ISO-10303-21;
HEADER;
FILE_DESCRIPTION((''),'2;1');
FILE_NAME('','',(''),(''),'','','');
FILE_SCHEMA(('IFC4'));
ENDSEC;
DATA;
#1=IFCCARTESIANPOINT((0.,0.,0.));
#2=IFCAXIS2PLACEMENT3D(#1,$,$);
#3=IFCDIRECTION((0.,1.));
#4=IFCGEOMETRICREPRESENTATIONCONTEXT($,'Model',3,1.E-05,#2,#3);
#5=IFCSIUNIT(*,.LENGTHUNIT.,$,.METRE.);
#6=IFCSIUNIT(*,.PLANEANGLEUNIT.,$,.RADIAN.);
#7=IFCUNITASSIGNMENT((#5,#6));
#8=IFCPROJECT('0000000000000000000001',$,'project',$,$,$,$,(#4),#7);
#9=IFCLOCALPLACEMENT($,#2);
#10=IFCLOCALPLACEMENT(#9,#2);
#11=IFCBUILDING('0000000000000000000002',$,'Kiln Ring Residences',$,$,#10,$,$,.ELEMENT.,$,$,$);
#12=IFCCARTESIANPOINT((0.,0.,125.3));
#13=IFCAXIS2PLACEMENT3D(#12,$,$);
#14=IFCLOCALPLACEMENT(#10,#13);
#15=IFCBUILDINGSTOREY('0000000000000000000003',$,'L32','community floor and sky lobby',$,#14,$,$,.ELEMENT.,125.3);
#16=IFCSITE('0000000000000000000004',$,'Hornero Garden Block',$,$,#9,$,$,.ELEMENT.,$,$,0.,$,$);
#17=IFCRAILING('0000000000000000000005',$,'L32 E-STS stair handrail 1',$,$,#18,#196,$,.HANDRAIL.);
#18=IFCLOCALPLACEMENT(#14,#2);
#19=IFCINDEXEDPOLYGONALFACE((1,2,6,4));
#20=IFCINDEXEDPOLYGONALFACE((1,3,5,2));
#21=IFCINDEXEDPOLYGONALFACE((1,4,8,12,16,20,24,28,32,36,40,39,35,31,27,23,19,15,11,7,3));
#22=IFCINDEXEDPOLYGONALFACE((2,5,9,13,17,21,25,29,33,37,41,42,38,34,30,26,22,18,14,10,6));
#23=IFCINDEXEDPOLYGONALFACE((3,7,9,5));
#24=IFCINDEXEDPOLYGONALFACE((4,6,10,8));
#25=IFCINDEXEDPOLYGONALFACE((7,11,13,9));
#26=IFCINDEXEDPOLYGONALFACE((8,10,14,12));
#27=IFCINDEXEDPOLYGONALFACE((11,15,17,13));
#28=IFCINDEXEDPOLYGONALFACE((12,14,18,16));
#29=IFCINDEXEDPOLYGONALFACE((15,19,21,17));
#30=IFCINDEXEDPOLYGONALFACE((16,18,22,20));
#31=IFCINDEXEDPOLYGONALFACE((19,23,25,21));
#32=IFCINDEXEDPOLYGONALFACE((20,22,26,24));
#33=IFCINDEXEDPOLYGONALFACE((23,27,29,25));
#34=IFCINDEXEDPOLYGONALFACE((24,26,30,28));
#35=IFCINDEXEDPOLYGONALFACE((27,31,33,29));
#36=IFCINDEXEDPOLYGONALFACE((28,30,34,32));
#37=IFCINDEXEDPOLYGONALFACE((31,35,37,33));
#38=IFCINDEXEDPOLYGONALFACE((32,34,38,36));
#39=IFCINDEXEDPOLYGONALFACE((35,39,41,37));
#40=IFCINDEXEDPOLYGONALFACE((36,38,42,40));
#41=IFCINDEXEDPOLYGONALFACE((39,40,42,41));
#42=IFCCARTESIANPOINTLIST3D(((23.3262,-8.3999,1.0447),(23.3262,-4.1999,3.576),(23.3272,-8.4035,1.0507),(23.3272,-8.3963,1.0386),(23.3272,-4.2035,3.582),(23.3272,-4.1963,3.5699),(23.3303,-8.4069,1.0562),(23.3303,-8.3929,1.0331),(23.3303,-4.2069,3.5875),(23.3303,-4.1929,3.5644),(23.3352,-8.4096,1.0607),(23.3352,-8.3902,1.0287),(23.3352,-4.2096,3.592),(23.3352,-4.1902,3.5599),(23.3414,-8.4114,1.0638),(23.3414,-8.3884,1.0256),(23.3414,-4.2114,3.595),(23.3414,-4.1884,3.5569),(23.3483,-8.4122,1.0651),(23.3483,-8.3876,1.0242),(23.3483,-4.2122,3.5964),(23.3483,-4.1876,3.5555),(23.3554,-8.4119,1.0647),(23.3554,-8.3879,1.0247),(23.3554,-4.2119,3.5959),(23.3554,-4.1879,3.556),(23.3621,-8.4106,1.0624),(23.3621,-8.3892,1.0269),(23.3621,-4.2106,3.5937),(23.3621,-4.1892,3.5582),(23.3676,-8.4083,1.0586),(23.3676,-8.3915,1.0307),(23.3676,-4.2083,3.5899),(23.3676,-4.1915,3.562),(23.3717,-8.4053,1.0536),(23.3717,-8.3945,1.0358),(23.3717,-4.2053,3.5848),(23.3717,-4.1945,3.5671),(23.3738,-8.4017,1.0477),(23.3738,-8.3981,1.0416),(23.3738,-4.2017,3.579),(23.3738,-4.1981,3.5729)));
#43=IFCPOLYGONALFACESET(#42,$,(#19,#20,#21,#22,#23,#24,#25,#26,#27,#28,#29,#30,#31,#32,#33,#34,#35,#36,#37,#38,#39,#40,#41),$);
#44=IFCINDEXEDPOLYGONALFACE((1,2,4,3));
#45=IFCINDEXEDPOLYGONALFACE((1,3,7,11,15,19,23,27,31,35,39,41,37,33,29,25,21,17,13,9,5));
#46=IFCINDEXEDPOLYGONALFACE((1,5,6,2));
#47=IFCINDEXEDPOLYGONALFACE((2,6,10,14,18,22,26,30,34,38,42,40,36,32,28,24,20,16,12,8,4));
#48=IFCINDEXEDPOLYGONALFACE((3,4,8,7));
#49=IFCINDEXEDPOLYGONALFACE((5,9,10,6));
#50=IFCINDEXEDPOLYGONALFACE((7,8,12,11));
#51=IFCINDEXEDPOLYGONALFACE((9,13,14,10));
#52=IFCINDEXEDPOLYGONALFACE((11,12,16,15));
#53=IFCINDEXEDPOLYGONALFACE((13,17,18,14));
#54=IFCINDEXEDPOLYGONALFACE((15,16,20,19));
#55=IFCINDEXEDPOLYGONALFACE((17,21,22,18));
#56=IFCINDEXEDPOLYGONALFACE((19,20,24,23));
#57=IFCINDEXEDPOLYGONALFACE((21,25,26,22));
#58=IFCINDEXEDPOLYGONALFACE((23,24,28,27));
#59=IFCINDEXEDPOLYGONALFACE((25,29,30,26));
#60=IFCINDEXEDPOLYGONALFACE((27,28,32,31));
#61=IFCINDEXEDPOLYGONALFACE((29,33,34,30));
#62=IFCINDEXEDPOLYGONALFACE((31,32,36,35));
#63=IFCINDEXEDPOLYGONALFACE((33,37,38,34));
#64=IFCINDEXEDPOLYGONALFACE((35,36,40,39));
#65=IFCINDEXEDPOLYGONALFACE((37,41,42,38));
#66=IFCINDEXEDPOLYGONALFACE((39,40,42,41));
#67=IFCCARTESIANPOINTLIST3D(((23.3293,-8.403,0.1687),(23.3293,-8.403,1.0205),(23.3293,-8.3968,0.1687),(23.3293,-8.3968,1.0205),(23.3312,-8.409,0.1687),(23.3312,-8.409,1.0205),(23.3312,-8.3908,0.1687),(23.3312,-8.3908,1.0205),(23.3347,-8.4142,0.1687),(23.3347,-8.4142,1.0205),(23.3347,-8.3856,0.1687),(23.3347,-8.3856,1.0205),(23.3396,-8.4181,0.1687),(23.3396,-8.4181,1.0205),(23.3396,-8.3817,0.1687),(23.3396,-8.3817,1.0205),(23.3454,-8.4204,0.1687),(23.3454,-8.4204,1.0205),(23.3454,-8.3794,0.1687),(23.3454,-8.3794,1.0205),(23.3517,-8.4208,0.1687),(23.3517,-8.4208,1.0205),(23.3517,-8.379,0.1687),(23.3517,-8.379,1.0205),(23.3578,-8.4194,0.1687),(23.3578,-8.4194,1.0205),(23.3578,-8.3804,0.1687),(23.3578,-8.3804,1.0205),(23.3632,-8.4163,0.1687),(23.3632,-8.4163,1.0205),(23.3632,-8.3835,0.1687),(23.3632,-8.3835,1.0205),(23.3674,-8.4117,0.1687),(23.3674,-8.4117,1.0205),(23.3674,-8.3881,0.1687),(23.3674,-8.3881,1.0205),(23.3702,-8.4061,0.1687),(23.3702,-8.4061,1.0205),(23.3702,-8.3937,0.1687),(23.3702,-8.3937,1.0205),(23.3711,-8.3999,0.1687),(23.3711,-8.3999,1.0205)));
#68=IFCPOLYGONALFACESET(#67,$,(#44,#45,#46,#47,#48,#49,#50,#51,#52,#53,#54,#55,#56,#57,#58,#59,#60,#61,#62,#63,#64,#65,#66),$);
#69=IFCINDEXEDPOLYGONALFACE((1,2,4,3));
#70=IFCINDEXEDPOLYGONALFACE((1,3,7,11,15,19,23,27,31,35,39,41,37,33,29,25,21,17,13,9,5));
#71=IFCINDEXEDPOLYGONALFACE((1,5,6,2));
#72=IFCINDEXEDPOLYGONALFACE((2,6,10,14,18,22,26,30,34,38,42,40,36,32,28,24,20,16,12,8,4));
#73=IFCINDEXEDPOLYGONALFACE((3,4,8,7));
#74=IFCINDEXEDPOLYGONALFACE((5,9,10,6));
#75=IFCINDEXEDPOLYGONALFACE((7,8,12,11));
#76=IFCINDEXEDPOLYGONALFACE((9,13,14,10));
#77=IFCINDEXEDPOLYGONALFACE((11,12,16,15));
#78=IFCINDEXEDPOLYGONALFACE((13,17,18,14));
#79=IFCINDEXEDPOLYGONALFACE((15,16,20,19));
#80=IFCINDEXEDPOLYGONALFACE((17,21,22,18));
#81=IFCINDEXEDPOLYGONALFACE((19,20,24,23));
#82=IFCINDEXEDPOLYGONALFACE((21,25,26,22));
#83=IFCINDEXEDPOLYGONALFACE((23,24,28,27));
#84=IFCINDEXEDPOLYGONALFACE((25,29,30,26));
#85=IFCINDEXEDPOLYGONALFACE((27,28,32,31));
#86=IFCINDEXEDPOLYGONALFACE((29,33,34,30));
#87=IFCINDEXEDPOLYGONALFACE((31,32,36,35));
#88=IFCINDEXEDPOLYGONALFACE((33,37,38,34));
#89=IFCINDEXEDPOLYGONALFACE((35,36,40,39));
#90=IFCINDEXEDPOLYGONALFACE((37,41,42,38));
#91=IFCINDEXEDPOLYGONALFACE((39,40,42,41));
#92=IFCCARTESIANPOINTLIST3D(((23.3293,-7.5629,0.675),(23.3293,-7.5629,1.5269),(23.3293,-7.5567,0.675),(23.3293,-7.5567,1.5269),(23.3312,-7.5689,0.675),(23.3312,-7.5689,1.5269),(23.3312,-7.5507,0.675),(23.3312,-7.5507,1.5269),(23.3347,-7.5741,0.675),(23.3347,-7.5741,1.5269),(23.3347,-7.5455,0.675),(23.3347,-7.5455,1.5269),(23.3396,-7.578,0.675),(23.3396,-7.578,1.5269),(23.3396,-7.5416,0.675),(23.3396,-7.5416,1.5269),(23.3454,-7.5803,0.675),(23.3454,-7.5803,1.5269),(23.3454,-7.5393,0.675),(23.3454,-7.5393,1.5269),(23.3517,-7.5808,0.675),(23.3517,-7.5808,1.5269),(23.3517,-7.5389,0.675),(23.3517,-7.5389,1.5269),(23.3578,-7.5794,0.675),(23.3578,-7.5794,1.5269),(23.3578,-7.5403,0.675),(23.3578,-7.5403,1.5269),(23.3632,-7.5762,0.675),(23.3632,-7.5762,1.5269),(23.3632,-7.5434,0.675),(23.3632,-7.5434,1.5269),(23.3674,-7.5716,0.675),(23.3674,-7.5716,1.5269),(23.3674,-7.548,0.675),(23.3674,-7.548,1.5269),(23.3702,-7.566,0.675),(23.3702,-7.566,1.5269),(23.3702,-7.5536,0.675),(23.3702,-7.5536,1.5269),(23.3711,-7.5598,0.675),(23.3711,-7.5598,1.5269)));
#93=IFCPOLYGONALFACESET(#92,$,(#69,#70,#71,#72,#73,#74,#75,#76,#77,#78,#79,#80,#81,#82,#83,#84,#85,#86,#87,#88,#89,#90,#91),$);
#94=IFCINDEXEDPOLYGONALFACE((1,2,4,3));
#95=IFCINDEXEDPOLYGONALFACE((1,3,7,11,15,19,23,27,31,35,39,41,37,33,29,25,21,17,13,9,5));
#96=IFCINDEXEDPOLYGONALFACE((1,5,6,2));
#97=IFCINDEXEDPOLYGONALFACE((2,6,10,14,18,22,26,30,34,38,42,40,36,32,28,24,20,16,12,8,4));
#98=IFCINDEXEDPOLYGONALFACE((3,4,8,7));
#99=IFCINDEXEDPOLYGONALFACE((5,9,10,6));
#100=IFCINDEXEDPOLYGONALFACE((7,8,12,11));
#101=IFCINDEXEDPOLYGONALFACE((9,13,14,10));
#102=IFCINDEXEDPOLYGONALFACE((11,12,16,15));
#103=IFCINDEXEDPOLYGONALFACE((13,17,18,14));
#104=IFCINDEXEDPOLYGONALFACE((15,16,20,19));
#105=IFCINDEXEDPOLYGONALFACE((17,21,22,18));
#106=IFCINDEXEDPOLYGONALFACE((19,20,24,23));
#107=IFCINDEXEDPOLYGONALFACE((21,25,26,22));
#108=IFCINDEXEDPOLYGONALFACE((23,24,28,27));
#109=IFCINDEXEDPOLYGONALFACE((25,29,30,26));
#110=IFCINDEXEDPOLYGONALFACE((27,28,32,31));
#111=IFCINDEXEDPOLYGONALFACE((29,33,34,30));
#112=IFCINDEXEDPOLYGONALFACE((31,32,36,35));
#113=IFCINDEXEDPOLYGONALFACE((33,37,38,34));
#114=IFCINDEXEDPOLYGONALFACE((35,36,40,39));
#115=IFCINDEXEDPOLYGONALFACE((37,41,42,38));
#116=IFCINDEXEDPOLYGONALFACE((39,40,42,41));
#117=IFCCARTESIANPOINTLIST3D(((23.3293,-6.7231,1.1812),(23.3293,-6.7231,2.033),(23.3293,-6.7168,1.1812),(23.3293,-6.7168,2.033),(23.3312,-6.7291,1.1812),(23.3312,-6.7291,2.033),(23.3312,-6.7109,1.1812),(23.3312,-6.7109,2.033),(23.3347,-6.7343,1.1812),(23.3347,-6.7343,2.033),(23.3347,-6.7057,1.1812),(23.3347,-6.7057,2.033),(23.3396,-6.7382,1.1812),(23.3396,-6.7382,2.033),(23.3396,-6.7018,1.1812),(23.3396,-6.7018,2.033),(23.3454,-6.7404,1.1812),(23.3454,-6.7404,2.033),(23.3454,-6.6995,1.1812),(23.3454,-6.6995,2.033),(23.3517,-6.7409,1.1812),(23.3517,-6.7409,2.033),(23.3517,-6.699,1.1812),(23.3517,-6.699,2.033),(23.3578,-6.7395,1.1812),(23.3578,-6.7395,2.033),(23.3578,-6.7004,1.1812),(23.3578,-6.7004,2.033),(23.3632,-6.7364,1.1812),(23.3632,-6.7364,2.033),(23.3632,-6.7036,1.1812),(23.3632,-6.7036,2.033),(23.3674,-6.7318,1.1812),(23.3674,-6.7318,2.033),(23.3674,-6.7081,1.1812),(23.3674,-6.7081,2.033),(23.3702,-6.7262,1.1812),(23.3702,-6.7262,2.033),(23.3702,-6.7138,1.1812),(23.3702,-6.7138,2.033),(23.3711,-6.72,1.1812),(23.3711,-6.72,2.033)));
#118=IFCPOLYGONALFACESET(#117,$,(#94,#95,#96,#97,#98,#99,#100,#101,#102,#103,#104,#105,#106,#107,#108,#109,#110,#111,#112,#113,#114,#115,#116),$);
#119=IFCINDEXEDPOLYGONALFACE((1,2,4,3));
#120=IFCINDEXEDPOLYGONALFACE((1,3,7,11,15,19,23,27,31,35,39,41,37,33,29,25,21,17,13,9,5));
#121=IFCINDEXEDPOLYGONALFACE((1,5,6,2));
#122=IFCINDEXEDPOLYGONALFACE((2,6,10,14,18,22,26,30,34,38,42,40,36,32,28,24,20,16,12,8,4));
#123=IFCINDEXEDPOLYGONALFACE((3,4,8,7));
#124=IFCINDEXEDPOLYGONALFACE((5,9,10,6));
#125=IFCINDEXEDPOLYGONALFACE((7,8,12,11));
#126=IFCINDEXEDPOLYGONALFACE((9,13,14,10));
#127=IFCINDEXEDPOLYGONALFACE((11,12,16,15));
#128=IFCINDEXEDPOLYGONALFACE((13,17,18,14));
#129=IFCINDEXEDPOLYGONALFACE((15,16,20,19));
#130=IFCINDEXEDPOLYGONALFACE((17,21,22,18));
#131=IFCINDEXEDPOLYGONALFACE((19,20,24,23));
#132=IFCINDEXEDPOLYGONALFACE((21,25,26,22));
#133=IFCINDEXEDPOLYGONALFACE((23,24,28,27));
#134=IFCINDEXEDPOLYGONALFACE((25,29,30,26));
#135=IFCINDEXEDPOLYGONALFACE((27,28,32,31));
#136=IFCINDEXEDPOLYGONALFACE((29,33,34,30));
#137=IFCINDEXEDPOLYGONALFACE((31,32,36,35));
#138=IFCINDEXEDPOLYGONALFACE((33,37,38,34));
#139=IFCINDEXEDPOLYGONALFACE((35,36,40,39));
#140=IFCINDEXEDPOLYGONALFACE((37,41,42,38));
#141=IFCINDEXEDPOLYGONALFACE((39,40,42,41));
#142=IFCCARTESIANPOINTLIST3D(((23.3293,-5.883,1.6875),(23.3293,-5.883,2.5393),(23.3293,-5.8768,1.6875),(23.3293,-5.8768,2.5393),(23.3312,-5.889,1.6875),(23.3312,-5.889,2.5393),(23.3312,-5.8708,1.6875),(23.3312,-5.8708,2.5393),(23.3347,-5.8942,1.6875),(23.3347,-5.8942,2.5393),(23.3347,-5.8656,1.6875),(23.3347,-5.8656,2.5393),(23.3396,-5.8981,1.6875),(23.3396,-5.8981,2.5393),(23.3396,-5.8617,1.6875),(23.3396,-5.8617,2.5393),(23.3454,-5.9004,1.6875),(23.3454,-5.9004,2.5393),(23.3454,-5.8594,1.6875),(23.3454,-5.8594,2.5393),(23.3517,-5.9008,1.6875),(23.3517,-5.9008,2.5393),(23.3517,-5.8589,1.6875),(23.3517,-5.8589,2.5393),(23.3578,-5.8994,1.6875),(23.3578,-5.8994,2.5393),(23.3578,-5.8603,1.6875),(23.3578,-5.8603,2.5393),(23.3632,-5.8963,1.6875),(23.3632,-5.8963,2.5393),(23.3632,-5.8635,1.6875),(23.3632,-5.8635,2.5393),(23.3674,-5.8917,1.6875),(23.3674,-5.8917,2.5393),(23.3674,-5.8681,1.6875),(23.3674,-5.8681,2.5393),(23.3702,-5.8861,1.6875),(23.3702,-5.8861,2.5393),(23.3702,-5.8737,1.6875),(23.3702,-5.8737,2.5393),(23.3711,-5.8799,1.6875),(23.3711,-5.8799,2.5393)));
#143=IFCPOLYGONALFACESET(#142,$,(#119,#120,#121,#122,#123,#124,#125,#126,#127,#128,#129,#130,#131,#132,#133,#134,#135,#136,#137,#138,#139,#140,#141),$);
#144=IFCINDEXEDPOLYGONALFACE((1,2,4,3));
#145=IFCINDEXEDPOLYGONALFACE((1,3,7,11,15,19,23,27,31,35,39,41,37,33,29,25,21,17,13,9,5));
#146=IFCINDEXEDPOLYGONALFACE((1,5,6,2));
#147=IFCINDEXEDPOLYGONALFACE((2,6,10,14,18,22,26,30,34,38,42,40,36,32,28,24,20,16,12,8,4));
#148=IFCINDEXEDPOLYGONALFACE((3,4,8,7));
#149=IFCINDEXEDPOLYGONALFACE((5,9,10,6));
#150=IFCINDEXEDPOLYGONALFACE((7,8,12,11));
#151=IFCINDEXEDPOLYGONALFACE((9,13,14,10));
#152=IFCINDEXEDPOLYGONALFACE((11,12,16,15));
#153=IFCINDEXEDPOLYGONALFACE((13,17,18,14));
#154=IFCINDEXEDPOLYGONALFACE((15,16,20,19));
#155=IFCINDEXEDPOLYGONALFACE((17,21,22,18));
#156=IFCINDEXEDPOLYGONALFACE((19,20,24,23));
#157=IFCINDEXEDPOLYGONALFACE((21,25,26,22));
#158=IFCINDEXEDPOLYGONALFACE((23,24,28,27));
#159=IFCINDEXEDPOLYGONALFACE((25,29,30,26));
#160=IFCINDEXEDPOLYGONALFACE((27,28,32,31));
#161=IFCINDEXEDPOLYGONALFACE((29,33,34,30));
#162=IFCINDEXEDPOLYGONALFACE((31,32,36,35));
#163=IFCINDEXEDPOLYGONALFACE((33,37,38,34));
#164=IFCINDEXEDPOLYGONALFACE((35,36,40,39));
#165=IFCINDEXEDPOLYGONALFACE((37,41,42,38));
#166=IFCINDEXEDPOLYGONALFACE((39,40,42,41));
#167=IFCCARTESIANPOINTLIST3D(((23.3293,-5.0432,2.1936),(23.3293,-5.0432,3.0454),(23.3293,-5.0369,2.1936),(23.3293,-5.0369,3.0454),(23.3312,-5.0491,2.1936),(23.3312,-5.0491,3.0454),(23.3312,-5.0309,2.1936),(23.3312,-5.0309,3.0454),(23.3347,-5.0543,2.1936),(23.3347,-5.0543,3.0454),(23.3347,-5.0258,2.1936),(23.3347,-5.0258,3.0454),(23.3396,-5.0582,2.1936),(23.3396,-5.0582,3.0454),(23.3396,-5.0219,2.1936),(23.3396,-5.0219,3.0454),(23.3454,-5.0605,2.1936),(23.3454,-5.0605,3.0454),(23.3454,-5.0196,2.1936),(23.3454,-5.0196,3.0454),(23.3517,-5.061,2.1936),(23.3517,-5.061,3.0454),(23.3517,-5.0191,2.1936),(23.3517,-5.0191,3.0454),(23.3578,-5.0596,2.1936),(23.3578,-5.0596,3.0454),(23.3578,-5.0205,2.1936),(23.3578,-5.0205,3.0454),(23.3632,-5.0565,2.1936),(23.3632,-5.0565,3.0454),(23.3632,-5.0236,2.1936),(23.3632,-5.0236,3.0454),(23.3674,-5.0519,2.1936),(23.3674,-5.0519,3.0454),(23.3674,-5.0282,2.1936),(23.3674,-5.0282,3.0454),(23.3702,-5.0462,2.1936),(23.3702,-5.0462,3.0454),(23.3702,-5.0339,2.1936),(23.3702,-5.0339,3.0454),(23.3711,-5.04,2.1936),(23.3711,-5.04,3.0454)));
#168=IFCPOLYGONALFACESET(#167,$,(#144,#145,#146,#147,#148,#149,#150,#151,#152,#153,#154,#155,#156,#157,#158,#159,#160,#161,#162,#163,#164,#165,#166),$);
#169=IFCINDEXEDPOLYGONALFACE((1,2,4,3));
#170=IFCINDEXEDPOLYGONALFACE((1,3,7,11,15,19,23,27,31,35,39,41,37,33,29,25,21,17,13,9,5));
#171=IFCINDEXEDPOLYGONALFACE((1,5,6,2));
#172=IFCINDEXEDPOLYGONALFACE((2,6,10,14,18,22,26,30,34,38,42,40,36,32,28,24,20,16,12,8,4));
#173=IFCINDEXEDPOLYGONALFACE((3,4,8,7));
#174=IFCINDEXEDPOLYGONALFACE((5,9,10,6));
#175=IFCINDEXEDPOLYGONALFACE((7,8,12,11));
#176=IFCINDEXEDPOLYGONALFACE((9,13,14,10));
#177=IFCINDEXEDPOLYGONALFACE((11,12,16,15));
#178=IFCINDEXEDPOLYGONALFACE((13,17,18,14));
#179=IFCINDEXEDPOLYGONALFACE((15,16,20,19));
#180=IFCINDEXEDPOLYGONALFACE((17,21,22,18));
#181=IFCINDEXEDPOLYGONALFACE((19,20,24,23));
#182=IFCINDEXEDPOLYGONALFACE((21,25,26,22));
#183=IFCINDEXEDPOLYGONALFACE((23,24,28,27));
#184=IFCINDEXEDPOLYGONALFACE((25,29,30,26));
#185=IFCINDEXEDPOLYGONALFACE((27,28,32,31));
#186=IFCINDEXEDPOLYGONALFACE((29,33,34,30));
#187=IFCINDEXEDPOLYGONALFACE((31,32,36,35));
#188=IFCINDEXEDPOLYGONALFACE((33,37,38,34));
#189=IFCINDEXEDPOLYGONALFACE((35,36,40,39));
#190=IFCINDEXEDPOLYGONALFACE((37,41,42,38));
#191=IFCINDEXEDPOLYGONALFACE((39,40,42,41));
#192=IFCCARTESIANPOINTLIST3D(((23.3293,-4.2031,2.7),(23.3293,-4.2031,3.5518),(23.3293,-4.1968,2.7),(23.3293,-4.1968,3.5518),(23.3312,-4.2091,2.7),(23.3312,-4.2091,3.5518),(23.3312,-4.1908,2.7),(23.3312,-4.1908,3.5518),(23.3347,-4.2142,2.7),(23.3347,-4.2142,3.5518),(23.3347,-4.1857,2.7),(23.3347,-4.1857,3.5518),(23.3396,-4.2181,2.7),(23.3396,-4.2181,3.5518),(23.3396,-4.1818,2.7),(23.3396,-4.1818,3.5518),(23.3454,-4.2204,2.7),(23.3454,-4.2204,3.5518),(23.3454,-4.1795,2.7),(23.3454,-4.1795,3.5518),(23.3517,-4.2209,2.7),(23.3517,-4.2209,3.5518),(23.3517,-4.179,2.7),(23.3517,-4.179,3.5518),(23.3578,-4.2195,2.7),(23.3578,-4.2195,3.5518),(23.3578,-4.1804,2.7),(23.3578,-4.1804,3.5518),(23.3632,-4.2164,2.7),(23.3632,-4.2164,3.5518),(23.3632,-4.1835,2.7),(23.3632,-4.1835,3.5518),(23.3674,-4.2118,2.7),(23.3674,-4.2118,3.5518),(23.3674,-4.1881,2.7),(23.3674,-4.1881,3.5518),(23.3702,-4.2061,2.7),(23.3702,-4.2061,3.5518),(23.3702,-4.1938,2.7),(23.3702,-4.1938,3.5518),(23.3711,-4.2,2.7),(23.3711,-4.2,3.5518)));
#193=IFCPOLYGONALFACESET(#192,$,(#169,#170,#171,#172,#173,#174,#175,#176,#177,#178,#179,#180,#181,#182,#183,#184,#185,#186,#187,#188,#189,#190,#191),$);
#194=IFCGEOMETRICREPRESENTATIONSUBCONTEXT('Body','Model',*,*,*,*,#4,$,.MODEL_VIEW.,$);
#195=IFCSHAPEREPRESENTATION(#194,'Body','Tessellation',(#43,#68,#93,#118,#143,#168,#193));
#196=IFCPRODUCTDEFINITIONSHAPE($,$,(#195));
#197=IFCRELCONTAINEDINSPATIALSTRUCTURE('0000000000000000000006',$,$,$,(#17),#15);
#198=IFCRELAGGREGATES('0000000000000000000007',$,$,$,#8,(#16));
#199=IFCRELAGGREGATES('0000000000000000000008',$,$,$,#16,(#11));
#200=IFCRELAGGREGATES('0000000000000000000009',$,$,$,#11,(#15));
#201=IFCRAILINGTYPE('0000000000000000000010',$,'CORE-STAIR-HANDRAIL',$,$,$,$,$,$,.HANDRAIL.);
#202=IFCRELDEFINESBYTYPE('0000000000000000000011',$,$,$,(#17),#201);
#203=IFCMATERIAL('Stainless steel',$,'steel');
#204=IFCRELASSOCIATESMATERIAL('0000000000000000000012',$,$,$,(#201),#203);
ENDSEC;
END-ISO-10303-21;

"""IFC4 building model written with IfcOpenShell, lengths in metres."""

from ifc_helpers import new_model, si_unit, direction, frame, origin, origin_2d, place, context, subcontext, project, spatial, circle, extrude, material, type_object, element, save


model = new_model("IFC4")

# Units and contexts
model_context = context("Model", 3, precision=1e-05, world=origin(), true_north=direction((0.0, 1.0)))
body_context = subcontext(model_context, "Body", "Model", "MODEL_VIEW")
ifc_project = project(units=[si_unit("LENGTHUNIT", "METRE"), si_unit("PLANEANGLEUNIT", "RADIAN")], contexts=[model_context])

# Site, building, storey
site_placement = place(None, origin())
site = spatial("IfcSite", under=ifc_project, at=site_placement, Name="Hornero Garden Block", CompositionType="ELEMENT", RefElevation=0.0)
building_placement = place(site_placement, origin())
building = spatial("IfcBuilding", under=site, at=building_placement, Name="Kiln Ring Residences", CompositionType="ELEMENT")
storey_placement = place(building_placement, frame((0.0, 0.0, 125.3)))
storey = spatial("IfcBuildingStorey", under=building, at=storey_placement, Name="L32", Description="community floor and sky lobby", CompositionType="ELEMENT", Elevation=125.3)

# Railing
ifc_material_1 = material(Name="Stainless steel", Category="steel")
railing_type_1 = type_object("IfcRailingType", Name="CORE-STAIR-HANDRAIL", PredefinedType="HANDRAIL", material=ifc_material_1)
railing_1_placement = place(storey_placement, frame((23.3501, -8.3999, 0.1687)))
element("IfcRailing", 1, at=railing_1_placement, inside=storey, type_object=railing_type_1, Name="L32 E-STS stair handrail 1", PredefinedType="HANDRAIL", context=body_context, shape_type="SweptSolid", body=[
    extrude(circle(Radius=0.0239, at=origin_2d()), frame((0.0, 0.0, 0.876), z_axis=(0.0, 0.856476, 0.516186), x_axis=(-1.0, 0.0, 0.0)), (0.0, 0.0, 1.0), 4.9038),
    extrude(circle(Radius=0.021, at=origin_2d()), origin(), (0.0, 0.0, 1.0), 0.8518),
    extrude(circle(Radius=0.021, at=origin_2d()), frame((0.0, 0.8401, 0.5063)), (0.0, 0.0, 1.0), 0.8518),
    extrude(circle(Radius=0.021, at=origin_2d()), frame((0.0, 1.6799, 1.0125)), (0.0, 0.0, 1.0), 0.8518),
    extrude(circle(Radius=0.021, at=origin_2d()), frame((0.0, 2.52, 1.5188)), (0.0, 0.0, 1.0), 0.8518),
    extrude(circle(Radius=0.021, at=origin_2d()), frame((0.0, 3.3599, 2.0249)), (0.0, 0.0, 1.0), 0.8518),
    extrude(circle(Radius=0.021, at=origin_2d()), frame((0.0, 4.2, 2.5312)), (0.0, 0.0, 1.0), 0.8518),
])

save(model, "model.ifc")
